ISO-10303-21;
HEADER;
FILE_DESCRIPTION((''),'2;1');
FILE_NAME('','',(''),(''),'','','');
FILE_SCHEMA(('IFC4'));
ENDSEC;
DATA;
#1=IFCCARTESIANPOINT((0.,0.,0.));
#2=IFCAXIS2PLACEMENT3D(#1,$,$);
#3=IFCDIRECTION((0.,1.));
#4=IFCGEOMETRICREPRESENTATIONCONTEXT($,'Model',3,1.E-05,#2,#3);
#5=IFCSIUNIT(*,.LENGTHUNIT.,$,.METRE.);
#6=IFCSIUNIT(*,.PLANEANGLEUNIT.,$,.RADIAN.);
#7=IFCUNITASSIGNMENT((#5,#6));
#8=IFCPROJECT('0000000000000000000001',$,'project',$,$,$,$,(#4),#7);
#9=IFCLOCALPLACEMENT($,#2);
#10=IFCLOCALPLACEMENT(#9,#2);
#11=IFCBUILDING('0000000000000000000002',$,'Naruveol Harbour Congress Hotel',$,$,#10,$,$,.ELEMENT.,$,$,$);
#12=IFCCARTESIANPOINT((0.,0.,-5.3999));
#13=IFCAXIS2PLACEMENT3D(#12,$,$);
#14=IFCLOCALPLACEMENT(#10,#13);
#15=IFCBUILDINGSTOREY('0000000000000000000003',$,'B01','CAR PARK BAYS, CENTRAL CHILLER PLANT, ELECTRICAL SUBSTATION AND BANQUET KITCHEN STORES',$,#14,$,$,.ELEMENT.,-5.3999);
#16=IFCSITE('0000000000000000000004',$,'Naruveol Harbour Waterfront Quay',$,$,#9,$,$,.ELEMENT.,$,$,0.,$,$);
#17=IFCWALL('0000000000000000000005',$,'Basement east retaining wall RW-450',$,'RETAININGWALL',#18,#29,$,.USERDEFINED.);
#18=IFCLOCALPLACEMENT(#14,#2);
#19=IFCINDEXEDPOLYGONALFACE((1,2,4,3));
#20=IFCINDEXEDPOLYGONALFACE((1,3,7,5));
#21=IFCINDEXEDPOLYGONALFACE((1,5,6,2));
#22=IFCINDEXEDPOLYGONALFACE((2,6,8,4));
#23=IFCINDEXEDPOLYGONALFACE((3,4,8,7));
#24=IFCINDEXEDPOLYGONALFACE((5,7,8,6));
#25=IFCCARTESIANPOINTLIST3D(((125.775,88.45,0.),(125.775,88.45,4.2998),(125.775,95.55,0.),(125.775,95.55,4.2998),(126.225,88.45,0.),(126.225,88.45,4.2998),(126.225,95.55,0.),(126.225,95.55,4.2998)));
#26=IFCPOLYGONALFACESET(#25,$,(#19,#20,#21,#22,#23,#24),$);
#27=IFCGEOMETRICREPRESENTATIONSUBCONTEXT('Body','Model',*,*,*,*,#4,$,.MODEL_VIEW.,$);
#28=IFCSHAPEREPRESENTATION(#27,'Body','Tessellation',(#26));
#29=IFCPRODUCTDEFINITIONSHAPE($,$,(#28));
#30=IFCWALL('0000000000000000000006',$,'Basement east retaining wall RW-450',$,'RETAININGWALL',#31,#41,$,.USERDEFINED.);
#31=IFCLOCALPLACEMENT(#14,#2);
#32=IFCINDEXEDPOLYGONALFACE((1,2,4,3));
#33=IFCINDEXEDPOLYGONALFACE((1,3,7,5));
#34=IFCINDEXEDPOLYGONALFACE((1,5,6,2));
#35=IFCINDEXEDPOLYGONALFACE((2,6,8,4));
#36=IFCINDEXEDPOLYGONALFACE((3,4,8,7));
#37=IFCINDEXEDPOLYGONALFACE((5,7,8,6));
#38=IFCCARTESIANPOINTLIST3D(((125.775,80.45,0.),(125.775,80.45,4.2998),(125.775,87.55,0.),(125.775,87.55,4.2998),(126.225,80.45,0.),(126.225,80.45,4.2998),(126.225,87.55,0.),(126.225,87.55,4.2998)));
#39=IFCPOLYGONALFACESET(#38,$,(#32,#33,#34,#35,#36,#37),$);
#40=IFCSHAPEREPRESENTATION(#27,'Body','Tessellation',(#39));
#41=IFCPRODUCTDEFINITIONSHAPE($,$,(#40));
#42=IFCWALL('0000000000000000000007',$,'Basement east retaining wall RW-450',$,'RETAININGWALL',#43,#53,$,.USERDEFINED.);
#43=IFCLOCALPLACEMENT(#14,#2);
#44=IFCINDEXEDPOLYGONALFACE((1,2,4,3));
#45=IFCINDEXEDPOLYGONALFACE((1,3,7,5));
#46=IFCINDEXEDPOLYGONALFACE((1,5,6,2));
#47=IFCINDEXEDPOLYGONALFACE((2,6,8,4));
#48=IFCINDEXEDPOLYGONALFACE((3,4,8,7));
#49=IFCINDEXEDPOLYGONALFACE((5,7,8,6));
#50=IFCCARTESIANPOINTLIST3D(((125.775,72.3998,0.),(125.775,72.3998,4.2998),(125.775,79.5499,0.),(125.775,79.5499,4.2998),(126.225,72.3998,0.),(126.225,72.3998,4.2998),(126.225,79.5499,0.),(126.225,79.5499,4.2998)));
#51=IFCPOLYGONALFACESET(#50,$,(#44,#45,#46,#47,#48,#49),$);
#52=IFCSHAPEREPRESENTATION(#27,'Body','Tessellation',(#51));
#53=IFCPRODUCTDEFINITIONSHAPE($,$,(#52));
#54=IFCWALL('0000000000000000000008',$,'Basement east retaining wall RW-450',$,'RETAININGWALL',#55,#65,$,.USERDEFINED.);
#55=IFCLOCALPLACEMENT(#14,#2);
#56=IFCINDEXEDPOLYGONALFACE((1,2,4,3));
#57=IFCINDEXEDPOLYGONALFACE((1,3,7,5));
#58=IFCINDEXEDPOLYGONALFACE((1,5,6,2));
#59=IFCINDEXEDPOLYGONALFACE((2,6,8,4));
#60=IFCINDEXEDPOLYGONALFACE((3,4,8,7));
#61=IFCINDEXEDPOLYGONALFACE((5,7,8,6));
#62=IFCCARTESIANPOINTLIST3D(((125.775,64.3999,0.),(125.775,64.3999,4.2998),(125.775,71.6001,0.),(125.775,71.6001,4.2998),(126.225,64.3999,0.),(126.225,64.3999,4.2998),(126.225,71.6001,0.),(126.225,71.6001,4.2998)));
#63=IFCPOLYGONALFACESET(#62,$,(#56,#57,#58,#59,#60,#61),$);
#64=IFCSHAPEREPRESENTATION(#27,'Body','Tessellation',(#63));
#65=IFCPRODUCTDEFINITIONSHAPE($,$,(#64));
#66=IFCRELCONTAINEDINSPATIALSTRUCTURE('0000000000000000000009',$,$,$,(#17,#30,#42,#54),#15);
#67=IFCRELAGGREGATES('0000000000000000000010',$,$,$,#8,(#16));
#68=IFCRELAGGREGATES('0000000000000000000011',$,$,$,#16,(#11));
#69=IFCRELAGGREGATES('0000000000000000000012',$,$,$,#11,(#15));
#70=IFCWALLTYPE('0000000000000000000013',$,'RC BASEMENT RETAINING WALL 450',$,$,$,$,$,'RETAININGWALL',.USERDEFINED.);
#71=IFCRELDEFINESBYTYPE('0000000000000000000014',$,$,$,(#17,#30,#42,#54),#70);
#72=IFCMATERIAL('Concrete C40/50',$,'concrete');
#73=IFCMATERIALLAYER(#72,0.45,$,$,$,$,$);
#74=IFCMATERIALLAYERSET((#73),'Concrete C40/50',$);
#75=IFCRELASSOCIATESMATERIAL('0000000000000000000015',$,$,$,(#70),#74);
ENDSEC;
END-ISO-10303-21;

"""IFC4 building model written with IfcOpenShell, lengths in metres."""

from ifc_helpers import new_model, si_unit, direction, frame, frame_2d, origin, place, context, subcontext, project, spatial, rectangle, extrude, material, layer, layer_set, type_object, element, save


model = new_model("IFC4")

# Units and contexts
model_context = context("Model", 3, precision=1e-05, world=origin(), true_north=direction((0.0, 1.0)))
body_context = subcontext(model_context, "Body", "Model", "MODEL_VIEW")
ifc_project = project(units=[si_unit("LENGTHUNIT", "METRE"), si_unit("PLANEANGLEUNIT", "RADIAN")], contexts=[model_context])

# Site, building, storey
site_placement = place(None, origin())
site = spatial("IfcSite", under=ifc_project, at=site_placement, Name="Naruveol Harbour Waterfront Quay", CompositionType="ELEMENT", RefElevation=0.0)
building_placement = place(site_placement, origin())
building = spatial("IfcBuilding", under=site, at=building_placement, Name="Naruveol Harbour Congress Hotel", CompositionType="ELEMENT")
storey_placement = place(building_placement, frame((0.0, 0.0, -5.3999)))
storey = spatial("IfcBuildingStorey", under=building, at=storey_placement, Name="B01", Description="CAR PARK BAYS, CENTRAL CHILLER PLANT, ELECTRICAL SUBSTATION AND BANQUET KITCHEN STORES", CompositionType="ELEMENT", Elevation=-5.3999)

# Walls
ifc_material_1 = material(Name="Concrete C40/50", Category="concrete")
ifc_layer = layer(ifc_material_1, 0.45)
ifc_layer_set = layer_set([ifc_layer], Name="Concrete C40/50")
wall_type = type_object("IfcWallType", Name="RC BASEMENT RETAINING WALL 450", ElementType="RETAININGWALL", PredefinedType="USERDEFINED", material=ifc_layer_set)
for number, where, z_axis, x_axis, name in (
    (1, (126.0, 95.55, 0.0), (0.0, 0.0, 1.0), (0.0, -1.0, 0.0), "Basement east retaining wall RW-450"),
    (2, (126.0, 87.55, 0.0), (0.0, 0.0, 1.0), (0.0, -1.0, 0.0), "Basement east retaining wall RW-450"),
):
    element("IfcWall", number, at=place(storey_placement, frame(where, z_axis=z_axis, x_axis=x_axis)), inside=storey, type_object=wall_type, Name=name, ObjectType="RETAININGWALL", PredefinedType="USERDEFINED", context=body_context, shape_type="SweptSolid", body=[
        extrude(rectangle(XDim=7.1001, YDim=0.45, at=frame_2d((3.55, 0.0))), origin(), (0.0, 0.0, 1.0), 4.2998),
    ])
wall_1_placement = place(storey_placement, frame((126.0, 79.55, 0.0), z_axis=(0.0, 0.0, 1.0), x_axis=(0.0, -1.0, 0.0)))
element("IfcWall", 3, at=wall_1_placement, inside=storey, type_object=wall_type, Name="Basement east retaining wall RW-450", ObjectType="RETAININGWALL", PredefinedType="USERDEFINED", context=body_context, shape_type="SweptSolid", body=[
    extrude(rectangle(XDim=7.1501, YDim=0.45, at=frame_2d((3.5752, 0.0))), origin(), (0.0, 0.0, 1.0), 4.2998),
])
wall_2_placement = place(storey_placement, frame((126.0, 71.6001, 0.0), z_axis=(0.0, 0.0, 1.0), x_axis=(0.0, -1.0, 0.0)))
element("IfcWall", 4, at=wall_2_placement, inside=storey, type_object=wall_type, Name="Basement east retaining wall RW-450", ObjectType="RETAININGWALL", PredefinedType="USERDEFINED", context=body_context, shape_type="SweptSolid", body=[
    extrude(rectangle(XDim=7.2002, YDim=0.45, at=frame_2d((3.6001, 0.0))), origin(), (0.0, 0.0, 1.0), 4.2998),
])

save(model, "model.ifc")
